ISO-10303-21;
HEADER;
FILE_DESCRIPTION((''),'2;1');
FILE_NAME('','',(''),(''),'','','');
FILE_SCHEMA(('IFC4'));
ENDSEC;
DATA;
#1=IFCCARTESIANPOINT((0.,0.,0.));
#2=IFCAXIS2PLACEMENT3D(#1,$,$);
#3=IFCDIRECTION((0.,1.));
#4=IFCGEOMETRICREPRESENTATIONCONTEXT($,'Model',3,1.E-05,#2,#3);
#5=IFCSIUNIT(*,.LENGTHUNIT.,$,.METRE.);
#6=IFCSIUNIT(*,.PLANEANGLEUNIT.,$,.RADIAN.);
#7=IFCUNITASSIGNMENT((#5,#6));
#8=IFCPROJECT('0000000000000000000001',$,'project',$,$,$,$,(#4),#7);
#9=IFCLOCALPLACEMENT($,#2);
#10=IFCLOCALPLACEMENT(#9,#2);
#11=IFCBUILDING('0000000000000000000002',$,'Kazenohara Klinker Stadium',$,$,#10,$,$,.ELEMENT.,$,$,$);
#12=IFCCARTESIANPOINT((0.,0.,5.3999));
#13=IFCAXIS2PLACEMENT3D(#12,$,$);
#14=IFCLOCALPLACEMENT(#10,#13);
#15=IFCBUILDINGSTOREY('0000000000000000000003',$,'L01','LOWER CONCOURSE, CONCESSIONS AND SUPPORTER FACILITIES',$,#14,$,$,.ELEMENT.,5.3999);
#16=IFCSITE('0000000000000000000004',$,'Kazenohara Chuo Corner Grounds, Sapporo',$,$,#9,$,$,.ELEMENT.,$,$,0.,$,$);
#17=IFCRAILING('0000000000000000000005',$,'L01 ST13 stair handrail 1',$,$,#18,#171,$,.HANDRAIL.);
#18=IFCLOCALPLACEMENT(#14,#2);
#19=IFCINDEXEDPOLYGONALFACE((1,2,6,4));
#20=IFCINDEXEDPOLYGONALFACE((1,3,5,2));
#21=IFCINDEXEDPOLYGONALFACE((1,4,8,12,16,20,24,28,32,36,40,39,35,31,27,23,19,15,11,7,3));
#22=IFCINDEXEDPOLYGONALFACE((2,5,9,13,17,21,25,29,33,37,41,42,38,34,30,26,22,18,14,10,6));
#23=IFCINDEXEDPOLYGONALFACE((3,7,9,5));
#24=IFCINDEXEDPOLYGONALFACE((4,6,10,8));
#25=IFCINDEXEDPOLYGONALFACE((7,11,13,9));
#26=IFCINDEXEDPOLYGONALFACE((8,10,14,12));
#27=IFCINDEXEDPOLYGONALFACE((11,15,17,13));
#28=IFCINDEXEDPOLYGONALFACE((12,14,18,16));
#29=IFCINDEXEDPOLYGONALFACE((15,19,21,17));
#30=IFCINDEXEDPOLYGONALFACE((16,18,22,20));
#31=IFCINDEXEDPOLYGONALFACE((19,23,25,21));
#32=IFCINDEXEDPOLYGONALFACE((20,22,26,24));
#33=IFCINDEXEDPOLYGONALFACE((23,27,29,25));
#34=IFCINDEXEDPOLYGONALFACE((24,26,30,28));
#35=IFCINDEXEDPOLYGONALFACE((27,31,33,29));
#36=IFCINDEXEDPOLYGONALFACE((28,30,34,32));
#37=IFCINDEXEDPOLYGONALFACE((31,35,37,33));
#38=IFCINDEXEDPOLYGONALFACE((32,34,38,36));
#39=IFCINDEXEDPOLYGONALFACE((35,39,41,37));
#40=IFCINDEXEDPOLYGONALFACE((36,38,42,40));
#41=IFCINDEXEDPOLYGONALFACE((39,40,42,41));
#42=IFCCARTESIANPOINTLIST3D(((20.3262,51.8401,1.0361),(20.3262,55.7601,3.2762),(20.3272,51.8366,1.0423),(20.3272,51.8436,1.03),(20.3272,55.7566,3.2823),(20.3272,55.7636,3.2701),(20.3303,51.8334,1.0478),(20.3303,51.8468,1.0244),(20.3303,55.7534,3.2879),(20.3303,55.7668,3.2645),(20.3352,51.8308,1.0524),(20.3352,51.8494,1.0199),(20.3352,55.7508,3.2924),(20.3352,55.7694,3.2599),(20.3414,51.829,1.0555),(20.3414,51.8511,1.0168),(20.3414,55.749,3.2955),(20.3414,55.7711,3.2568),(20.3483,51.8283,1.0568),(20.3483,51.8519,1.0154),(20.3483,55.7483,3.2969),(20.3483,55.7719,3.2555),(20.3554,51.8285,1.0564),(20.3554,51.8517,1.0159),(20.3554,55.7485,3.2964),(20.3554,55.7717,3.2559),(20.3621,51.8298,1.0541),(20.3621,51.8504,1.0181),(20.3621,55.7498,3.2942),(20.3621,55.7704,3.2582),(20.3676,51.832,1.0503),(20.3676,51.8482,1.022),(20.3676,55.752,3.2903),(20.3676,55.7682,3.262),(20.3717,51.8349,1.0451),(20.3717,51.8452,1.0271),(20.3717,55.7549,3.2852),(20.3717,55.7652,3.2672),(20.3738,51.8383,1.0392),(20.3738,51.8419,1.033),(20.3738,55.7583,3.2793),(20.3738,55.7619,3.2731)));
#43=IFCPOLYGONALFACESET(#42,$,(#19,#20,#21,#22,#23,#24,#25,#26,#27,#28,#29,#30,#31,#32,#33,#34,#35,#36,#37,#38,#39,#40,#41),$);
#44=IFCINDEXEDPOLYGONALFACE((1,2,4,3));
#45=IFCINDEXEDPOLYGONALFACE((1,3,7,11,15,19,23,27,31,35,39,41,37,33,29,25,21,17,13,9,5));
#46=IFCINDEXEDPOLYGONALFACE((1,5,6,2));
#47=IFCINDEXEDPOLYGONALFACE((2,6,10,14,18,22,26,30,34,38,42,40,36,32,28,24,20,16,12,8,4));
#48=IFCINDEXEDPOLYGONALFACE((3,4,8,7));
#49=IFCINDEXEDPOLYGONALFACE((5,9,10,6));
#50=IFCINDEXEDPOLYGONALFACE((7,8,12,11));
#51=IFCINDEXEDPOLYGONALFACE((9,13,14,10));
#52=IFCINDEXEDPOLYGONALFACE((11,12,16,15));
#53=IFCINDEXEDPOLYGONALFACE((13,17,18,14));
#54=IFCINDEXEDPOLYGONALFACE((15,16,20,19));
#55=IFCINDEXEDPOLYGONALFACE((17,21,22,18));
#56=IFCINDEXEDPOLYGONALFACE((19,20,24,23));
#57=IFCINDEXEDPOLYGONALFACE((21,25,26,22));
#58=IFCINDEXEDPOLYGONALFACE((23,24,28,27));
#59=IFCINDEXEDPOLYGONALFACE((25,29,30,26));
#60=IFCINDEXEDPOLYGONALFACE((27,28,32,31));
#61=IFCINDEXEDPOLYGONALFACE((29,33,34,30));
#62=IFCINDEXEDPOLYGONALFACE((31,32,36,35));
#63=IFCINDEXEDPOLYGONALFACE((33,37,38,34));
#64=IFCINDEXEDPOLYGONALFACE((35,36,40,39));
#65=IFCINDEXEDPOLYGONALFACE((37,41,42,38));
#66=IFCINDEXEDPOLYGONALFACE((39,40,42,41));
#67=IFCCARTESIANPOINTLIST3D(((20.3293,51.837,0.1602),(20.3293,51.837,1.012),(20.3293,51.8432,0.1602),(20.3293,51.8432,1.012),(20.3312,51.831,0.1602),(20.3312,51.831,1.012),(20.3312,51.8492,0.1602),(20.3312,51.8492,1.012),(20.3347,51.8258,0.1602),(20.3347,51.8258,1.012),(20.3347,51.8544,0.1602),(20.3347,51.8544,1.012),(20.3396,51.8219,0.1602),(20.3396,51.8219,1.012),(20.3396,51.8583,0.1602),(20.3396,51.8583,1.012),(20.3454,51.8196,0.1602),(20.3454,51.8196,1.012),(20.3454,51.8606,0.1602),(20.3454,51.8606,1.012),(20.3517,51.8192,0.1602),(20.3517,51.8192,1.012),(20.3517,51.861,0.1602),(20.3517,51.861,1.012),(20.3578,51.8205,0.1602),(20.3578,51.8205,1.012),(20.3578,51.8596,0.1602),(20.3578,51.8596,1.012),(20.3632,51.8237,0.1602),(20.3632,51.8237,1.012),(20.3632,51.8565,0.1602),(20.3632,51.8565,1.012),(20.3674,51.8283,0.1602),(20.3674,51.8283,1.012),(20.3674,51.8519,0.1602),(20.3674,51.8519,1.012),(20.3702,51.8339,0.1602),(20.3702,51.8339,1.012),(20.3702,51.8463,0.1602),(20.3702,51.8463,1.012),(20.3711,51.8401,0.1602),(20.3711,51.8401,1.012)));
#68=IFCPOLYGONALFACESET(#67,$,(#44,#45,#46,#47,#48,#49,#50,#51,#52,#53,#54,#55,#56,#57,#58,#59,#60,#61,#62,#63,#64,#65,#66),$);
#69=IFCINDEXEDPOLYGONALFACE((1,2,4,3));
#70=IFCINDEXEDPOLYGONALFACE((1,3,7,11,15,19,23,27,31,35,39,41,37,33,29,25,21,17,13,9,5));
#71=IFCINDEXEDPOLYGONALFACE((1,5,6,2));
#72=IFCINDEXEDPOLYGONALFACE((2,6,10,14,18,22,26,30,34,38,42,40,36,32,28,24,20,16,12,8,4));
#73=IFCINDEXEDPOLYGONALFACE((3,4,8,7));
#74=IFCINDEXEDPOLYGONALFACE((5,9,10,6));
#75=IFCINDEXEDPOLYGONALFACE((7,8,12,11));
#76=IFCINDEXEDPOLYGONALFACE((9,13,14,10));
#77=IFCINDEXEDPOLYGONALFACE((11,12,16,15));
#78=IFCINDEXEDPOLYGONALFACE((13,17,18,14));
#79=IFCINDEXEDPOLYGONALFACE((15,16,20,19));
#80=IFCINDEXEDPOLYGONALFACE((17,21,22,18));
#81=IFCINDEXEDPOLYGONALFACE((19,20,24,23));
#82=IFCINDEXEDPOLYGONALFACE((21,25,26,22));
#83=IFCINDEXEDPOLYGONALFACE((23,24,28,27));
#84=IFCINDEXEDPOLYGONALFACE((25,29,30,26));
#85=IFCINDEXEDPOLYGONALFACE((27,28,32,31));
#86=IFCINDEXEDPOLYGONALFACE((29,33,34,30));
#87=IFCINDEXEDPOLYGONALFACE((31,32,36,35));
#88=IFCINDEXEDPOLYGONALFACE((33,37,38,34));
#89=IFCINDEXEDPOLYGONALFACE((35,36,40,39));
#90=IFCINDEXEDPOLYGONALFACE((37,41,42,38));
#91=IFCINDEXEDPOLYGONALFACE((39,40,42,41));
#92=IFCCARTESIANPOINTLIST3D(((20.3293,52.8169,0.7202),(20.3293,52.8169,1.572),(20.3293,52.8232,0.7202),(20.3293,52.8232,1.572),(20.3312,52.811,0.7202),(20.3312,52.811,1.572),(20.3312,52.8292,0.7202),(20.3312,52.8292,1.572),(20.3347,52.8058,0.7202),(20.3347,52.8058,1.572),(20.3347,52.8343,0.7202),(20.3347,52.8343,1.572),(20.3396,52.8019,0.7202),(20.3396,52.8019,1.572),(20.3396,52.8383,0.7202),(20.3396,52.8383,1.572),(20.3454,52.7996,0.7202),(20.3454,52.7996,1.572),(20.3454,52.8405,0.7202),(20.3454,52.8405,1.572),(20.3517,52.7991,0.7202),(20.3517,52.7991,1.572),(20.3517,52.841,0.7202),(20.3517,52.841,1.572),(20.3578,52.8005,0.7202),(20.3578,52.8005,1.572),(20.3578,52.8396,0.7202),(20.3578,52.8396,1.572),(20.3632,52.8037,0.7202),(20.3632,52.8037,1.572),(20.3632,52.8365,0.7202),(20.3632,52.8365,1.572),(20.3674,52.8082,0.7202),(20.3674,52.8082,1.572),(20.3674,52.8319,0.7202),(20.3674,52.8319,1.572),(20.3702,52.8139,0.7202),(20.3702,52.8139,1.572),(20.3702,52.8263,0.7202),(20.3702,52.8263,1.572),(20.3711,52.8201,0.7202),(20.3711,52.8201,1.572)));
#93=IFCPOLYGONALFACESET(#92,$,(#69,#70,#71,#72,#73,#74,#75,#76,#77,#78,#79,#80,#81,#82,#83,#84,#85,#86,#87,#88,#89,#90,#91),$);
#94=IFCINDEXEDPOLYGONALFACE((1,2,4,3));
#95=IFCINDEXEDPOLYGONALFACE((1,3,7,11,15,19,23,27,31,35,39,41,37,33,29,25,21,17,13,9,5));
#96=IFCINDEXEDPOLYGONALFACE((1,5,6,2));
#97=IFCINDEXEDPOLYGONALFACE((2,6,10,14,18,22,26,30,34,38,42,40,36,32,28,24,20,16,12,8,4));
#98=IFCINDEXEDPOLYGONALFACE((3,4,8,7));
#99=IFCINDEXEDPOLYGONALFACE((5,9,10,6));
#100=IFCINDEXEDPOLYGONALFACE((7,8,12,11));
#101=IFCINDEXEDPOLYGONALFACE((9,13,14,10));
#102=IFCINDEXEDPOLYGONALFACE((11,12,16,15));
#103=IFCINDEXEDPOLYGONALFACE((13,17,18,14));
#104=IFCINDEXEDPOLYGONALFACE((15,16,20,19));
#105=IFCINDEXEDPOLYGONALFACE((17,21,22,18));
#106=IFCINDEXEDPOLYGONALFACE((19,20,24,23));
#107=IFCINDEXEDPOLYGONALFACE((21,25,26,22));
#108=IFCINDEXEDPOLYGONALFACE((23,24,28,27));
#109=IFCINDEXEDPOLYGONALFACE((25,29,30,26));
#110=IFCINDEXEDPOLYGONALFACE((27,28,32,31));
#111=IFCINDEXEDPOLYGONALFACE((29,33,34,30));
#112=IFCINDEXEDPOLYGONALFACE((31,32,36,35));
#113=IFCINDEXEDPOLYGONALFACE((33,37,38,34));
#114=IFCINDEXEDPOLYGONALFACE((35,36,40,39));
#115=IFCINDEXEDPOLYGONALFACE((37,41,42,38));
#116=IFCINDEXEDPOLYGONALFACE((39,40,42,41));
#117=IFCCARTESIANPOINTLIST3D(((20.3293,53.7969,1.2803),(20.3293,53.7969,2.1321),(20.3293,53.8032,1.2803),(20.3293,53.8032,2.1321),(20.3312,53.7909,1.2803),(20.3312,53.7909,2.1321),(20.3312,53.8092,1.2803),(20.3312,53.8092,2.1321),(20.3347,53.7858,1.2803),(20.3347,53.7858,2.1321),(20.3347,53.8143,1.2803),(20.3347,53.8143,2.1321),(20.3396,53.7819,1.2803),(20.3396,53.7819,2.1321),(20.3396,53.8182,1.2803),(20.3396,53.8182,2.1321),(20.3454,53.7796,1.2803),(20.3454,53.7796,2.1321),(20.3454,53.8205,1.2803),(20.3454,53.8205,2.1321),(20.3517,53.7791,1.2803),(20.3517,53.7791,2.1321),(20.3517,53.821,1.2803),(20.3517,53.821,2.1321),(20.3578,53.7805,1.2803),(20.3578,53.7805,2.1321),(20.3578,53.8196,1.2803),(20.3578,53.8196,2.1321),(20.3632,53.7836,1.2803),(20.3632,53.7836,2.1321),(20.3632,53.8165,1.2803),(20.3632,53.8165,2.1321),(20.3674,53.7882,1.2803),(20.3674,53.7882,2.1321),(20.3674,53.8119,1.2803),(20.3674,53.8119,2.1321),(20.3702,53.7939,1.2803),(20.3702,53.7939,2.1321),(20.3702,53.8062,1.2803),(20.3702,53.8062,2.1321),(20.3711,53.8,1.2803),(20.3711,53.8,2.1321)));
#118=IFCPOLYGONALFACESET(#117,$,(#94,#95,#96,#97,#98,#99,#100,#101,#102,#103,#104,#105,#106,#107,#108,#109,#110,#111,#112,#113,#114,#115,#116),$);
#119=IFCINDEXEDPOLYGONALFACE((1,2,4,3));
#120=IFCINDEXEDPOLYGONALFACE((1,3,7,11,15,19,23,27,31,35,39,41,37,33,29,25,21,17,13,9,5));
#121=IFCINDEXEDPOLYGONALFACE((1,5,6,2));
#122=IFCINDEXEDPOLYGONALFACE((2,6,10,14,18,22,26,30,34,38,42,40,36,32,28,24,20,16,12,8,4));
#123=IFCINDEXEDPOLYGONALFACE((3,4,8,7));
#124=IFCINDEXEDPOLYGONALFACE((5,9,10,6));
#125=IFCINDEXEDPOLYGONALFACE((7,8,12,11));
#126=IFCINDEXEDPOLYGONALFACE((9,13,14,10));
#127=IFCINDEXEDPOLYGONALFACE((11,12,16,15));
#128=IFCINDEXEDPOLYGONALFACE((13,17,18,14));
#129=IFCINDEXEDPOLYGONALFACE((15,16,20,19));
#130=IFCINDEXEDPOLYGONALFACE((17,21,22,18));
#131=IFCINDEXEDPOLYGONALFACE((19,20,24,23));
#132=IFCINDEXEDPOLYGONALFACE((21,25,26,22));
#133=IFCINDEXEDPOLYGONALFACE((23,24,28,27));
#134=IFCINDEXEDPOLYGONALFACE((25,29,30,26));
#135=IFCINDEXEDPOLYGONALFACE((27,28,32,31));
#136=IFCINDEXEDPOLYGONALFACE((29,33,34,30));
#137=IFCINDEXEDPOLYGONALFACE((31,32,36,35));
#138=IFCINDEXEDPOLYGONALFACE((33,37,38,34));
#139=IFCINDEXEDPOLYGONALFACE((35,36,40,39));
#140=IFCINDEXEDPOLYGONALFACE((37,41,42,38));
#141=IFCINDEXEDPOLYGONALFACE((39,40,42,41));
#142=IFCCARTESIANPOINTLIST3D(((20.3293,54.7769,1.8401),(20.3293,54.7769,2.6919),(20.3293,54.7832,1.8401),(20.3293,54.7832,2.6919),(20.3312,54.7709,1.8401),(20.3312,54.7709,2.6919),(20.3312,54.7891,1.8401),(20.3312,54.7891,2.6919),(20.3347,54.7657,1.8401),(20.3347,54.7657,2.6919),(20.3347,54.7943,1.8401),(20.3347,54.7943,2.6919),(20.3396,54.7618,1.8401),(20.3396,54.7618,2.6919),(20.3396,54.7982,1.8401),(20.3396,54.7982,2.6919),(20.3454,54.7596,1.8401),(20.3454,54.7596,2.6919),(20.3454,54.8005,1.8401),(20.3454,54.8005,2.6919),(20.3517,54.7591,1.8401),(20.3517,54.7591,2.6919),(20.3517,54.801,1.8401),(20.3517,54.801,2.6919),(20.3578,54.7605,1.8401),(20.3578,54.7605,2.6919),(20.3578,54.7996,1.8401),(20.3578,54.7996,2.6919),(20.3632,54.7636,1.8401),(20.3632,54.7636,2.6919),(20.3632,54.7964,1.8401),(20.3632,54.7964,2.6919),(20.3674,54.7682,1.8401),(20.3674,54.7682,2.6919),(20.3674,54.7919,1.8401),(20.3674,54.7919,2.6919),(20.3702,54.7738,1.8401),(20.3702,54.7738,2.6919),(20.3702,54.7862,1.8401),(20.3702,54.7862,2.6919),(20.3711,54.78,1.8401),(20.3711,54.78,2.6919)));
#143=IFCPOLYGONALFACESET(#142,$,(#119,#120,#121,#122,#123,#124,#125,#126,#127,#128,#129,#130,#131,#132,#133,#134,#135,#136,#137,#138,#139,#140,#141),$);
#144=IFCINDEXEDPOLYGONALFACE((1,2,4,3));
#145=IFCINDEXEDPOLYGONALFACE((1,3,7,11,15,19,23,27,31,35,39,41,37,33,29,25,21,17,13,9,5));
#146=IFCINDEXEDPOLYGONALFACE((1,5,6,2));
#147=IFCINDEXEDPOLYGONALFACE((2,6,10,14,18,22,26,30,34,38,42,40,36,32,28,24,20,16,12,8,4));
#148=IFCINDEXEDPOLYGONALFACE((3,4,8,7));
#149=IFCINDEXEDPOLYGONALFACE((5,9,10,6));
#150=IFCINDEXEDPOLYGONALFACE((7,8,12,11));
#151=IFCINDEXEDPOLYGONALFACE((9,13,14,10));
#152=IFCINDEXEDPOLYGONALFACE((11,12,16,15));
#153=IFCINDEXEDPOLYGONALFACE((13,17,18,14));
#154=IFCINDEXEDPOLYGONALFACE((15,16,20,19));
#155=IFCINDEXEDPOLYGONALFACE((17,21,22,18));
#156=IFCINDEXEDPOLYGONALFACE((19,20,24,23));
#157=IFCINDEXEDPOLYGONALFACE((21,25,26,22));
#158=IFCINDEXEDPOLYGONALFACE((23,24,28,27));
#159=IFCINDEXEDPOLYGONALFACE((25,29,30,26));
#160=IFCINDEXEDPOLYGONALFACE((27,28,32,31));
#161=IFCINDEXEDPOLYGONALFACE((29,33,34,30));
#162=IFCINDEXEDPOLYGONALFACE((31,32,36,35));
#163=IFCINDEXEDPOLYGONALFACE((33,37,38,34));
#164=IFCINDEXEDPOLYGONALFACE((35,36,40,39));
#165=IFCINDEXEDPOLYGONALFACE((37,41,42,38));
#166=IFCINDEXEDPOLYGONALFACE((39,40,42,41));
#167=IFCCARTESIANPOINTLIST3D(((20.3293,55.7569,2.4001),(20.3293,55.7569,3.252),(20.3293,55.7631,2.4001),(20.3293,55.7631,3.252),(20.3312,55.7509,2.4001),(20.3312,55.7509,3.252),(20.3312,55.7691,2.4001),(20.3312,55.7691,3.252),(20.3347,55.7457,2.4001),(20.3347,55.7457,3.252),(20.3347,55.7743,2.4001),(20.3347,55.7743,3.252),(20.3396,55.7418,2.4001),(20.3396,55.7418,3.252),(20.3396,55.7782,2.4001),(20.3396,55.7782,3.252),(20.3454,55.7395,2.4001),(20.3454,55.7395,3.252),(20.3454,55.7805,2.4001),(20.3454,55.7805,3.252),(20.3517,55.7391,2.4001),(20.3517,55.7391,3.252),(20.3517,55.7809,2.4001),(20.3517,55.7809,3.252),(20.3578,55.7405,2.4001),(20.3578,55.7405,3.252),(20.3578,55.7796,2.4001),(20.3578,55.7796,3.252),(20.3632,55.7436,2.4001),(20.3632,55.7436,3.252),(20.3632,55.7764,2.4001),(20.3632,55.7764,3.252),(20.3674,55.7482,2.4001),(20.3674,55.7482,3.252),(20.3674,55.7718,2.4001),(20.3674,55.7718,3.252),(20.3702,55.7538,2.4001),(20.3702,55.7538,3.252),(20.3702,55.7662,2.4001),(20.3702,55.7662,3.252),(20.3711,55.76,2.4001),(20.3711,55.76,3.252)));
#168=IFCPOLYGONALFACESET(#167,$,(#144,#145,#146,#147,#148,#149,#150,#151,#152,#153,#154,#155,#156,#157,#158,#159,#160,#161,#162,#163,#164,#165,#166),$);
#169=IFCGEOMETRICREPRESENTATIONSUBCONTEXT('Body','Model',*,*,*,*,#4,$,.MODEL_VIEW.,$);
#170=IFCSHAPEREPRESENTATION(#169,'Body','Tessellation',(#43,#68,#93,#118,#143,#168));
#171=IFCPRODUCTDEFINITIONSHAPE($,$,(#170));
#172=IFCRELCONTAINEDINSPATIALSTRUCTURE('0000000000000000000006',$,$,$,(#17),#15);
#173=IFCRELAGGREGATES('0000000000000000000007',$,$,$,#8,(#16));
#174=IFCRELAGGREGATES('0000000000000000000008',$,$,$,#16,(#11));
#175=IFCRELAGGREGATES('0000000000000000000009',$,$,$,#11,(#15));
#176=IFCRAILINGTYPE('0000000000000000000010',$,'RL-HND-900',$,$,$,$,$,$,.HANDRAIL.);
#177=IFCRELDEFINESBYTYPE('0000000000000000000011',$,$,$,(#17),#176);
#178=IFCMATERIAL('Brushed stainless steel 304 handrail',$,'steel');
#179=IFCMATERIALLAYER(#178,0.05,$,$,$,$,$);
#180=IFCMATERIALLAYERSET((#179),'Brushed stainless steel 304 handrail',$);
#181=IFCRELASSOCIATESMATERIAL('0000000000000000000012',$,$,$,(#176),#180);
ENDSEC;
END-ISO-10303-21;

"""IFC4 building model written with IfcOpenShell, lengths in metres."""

from ifc_helpers import new_model, si_unit, direction, frame, origin, origin_2d, place, context, subcontext, project, spatial, circle, extrude, material, layer, layer_set, type_object, element, save


model = new_model("IFC4")

# Units and contexts
model_context = context("Model", 3, precision=1e-05, world=origin(), true_north=direction((0.0, 1.0)))
body_context = subcontext(model_context, "Body", "Model", "MODEL_VIEW")
ifc_project = project(units=[si_unit("LENGTHUNIT", "METRE"), si_unit("PLANEANGLEUNIT", "RADIAN")], contexts=[model_context])

# Site, building, storey
site_placement = place(None, origin())
site = spatial("IfcSite", under=ifc_project, at=site_placement, Name="Kazenohara Chuo Corner Grounds, Sapporo", CompositionType="ELEMENT", RefElevation=0.0)
building_placement = place(site_placement, origin())
building = spatial("IfcBuilding", under=site, at=building_placement, Name="Kazenohara Klinker Stadium", CompositionType="ELEMENT")
storey_placement = place(building_placement, frame((0.0, 0.0, 5.3999)))
storey = spatial("IfcBuildingStorey", under=building, at=storey_placement, Name="L01", Description="LOWER CONCOURSE, CONCESSIONS AND SUPPORTER FACILITIES", CompositionType="ELEMENT", Elevation=5.3999)

# Railing
ifc_material_1 = material(Name="Brushed stainless steel 304 handrail", Category="steel")
ifc_layer_1 = layer(ifc_material_1, 0.05)
ifc_layer_set_1 = layer_set([ifc_layer_1], Name="Brushed stainless steel 304 handrail")
railing_type_1 = type_object("IfcRailingType", Name="RL-HND-900", PredefinedType="HANDRAIL", material=ifc_layer_set_1)
railing_1_placement = place(storey_placement, frame((20.3501, 51.8401, 0.1602)))
element("IfcRailing", 1, at=railing_1_placement, inside=storey, type_object=railing_type_1, Name="L01 ST13 stair handrail 1", PredefinedType="HANDRAIL", context=body_context, shape_type="SweptSolid", body=[
    extrude(circle(Radius=0.0239, at=origin_2d()), frame((0.0, 0.0, 0.876), z_axis=(0.0, 0.86824, 0.496145), x_axis=(-1.0, 0.0, 0.0)), (0.0, 0.0, 1.0), 4.5149),
    extrude(circle(Radius=0.021, at=origin_2d()), origin(), (0.0, 0.0, 1.0), 0.8518),
    extrude(circle(Radius=0.021, at=origin_2d()), frame((0.0, 0.98, 0.5601)), (0.0, 0.0, 1.0), 0.8518),
    extrude(circle(Radius=0.021, at=origin_2d()), frame((0.0, 1.96, 1.1201)), (0.0, 0.0, 1.0), 0.8518),
    extrude(circle(Radius=0.021, at=origin_2d()), frame((0.0, 2.9399, 1.6799)), (0.0, 0.0, 1.0), 0.8518),
    extrude(circle(Radius=0.021, at=origin_2d()), frame((0.0, 3.9199, 2.24)), (0.0, 0.0, 1.0), 0.8518),
])

save(model, "model.ifc")
